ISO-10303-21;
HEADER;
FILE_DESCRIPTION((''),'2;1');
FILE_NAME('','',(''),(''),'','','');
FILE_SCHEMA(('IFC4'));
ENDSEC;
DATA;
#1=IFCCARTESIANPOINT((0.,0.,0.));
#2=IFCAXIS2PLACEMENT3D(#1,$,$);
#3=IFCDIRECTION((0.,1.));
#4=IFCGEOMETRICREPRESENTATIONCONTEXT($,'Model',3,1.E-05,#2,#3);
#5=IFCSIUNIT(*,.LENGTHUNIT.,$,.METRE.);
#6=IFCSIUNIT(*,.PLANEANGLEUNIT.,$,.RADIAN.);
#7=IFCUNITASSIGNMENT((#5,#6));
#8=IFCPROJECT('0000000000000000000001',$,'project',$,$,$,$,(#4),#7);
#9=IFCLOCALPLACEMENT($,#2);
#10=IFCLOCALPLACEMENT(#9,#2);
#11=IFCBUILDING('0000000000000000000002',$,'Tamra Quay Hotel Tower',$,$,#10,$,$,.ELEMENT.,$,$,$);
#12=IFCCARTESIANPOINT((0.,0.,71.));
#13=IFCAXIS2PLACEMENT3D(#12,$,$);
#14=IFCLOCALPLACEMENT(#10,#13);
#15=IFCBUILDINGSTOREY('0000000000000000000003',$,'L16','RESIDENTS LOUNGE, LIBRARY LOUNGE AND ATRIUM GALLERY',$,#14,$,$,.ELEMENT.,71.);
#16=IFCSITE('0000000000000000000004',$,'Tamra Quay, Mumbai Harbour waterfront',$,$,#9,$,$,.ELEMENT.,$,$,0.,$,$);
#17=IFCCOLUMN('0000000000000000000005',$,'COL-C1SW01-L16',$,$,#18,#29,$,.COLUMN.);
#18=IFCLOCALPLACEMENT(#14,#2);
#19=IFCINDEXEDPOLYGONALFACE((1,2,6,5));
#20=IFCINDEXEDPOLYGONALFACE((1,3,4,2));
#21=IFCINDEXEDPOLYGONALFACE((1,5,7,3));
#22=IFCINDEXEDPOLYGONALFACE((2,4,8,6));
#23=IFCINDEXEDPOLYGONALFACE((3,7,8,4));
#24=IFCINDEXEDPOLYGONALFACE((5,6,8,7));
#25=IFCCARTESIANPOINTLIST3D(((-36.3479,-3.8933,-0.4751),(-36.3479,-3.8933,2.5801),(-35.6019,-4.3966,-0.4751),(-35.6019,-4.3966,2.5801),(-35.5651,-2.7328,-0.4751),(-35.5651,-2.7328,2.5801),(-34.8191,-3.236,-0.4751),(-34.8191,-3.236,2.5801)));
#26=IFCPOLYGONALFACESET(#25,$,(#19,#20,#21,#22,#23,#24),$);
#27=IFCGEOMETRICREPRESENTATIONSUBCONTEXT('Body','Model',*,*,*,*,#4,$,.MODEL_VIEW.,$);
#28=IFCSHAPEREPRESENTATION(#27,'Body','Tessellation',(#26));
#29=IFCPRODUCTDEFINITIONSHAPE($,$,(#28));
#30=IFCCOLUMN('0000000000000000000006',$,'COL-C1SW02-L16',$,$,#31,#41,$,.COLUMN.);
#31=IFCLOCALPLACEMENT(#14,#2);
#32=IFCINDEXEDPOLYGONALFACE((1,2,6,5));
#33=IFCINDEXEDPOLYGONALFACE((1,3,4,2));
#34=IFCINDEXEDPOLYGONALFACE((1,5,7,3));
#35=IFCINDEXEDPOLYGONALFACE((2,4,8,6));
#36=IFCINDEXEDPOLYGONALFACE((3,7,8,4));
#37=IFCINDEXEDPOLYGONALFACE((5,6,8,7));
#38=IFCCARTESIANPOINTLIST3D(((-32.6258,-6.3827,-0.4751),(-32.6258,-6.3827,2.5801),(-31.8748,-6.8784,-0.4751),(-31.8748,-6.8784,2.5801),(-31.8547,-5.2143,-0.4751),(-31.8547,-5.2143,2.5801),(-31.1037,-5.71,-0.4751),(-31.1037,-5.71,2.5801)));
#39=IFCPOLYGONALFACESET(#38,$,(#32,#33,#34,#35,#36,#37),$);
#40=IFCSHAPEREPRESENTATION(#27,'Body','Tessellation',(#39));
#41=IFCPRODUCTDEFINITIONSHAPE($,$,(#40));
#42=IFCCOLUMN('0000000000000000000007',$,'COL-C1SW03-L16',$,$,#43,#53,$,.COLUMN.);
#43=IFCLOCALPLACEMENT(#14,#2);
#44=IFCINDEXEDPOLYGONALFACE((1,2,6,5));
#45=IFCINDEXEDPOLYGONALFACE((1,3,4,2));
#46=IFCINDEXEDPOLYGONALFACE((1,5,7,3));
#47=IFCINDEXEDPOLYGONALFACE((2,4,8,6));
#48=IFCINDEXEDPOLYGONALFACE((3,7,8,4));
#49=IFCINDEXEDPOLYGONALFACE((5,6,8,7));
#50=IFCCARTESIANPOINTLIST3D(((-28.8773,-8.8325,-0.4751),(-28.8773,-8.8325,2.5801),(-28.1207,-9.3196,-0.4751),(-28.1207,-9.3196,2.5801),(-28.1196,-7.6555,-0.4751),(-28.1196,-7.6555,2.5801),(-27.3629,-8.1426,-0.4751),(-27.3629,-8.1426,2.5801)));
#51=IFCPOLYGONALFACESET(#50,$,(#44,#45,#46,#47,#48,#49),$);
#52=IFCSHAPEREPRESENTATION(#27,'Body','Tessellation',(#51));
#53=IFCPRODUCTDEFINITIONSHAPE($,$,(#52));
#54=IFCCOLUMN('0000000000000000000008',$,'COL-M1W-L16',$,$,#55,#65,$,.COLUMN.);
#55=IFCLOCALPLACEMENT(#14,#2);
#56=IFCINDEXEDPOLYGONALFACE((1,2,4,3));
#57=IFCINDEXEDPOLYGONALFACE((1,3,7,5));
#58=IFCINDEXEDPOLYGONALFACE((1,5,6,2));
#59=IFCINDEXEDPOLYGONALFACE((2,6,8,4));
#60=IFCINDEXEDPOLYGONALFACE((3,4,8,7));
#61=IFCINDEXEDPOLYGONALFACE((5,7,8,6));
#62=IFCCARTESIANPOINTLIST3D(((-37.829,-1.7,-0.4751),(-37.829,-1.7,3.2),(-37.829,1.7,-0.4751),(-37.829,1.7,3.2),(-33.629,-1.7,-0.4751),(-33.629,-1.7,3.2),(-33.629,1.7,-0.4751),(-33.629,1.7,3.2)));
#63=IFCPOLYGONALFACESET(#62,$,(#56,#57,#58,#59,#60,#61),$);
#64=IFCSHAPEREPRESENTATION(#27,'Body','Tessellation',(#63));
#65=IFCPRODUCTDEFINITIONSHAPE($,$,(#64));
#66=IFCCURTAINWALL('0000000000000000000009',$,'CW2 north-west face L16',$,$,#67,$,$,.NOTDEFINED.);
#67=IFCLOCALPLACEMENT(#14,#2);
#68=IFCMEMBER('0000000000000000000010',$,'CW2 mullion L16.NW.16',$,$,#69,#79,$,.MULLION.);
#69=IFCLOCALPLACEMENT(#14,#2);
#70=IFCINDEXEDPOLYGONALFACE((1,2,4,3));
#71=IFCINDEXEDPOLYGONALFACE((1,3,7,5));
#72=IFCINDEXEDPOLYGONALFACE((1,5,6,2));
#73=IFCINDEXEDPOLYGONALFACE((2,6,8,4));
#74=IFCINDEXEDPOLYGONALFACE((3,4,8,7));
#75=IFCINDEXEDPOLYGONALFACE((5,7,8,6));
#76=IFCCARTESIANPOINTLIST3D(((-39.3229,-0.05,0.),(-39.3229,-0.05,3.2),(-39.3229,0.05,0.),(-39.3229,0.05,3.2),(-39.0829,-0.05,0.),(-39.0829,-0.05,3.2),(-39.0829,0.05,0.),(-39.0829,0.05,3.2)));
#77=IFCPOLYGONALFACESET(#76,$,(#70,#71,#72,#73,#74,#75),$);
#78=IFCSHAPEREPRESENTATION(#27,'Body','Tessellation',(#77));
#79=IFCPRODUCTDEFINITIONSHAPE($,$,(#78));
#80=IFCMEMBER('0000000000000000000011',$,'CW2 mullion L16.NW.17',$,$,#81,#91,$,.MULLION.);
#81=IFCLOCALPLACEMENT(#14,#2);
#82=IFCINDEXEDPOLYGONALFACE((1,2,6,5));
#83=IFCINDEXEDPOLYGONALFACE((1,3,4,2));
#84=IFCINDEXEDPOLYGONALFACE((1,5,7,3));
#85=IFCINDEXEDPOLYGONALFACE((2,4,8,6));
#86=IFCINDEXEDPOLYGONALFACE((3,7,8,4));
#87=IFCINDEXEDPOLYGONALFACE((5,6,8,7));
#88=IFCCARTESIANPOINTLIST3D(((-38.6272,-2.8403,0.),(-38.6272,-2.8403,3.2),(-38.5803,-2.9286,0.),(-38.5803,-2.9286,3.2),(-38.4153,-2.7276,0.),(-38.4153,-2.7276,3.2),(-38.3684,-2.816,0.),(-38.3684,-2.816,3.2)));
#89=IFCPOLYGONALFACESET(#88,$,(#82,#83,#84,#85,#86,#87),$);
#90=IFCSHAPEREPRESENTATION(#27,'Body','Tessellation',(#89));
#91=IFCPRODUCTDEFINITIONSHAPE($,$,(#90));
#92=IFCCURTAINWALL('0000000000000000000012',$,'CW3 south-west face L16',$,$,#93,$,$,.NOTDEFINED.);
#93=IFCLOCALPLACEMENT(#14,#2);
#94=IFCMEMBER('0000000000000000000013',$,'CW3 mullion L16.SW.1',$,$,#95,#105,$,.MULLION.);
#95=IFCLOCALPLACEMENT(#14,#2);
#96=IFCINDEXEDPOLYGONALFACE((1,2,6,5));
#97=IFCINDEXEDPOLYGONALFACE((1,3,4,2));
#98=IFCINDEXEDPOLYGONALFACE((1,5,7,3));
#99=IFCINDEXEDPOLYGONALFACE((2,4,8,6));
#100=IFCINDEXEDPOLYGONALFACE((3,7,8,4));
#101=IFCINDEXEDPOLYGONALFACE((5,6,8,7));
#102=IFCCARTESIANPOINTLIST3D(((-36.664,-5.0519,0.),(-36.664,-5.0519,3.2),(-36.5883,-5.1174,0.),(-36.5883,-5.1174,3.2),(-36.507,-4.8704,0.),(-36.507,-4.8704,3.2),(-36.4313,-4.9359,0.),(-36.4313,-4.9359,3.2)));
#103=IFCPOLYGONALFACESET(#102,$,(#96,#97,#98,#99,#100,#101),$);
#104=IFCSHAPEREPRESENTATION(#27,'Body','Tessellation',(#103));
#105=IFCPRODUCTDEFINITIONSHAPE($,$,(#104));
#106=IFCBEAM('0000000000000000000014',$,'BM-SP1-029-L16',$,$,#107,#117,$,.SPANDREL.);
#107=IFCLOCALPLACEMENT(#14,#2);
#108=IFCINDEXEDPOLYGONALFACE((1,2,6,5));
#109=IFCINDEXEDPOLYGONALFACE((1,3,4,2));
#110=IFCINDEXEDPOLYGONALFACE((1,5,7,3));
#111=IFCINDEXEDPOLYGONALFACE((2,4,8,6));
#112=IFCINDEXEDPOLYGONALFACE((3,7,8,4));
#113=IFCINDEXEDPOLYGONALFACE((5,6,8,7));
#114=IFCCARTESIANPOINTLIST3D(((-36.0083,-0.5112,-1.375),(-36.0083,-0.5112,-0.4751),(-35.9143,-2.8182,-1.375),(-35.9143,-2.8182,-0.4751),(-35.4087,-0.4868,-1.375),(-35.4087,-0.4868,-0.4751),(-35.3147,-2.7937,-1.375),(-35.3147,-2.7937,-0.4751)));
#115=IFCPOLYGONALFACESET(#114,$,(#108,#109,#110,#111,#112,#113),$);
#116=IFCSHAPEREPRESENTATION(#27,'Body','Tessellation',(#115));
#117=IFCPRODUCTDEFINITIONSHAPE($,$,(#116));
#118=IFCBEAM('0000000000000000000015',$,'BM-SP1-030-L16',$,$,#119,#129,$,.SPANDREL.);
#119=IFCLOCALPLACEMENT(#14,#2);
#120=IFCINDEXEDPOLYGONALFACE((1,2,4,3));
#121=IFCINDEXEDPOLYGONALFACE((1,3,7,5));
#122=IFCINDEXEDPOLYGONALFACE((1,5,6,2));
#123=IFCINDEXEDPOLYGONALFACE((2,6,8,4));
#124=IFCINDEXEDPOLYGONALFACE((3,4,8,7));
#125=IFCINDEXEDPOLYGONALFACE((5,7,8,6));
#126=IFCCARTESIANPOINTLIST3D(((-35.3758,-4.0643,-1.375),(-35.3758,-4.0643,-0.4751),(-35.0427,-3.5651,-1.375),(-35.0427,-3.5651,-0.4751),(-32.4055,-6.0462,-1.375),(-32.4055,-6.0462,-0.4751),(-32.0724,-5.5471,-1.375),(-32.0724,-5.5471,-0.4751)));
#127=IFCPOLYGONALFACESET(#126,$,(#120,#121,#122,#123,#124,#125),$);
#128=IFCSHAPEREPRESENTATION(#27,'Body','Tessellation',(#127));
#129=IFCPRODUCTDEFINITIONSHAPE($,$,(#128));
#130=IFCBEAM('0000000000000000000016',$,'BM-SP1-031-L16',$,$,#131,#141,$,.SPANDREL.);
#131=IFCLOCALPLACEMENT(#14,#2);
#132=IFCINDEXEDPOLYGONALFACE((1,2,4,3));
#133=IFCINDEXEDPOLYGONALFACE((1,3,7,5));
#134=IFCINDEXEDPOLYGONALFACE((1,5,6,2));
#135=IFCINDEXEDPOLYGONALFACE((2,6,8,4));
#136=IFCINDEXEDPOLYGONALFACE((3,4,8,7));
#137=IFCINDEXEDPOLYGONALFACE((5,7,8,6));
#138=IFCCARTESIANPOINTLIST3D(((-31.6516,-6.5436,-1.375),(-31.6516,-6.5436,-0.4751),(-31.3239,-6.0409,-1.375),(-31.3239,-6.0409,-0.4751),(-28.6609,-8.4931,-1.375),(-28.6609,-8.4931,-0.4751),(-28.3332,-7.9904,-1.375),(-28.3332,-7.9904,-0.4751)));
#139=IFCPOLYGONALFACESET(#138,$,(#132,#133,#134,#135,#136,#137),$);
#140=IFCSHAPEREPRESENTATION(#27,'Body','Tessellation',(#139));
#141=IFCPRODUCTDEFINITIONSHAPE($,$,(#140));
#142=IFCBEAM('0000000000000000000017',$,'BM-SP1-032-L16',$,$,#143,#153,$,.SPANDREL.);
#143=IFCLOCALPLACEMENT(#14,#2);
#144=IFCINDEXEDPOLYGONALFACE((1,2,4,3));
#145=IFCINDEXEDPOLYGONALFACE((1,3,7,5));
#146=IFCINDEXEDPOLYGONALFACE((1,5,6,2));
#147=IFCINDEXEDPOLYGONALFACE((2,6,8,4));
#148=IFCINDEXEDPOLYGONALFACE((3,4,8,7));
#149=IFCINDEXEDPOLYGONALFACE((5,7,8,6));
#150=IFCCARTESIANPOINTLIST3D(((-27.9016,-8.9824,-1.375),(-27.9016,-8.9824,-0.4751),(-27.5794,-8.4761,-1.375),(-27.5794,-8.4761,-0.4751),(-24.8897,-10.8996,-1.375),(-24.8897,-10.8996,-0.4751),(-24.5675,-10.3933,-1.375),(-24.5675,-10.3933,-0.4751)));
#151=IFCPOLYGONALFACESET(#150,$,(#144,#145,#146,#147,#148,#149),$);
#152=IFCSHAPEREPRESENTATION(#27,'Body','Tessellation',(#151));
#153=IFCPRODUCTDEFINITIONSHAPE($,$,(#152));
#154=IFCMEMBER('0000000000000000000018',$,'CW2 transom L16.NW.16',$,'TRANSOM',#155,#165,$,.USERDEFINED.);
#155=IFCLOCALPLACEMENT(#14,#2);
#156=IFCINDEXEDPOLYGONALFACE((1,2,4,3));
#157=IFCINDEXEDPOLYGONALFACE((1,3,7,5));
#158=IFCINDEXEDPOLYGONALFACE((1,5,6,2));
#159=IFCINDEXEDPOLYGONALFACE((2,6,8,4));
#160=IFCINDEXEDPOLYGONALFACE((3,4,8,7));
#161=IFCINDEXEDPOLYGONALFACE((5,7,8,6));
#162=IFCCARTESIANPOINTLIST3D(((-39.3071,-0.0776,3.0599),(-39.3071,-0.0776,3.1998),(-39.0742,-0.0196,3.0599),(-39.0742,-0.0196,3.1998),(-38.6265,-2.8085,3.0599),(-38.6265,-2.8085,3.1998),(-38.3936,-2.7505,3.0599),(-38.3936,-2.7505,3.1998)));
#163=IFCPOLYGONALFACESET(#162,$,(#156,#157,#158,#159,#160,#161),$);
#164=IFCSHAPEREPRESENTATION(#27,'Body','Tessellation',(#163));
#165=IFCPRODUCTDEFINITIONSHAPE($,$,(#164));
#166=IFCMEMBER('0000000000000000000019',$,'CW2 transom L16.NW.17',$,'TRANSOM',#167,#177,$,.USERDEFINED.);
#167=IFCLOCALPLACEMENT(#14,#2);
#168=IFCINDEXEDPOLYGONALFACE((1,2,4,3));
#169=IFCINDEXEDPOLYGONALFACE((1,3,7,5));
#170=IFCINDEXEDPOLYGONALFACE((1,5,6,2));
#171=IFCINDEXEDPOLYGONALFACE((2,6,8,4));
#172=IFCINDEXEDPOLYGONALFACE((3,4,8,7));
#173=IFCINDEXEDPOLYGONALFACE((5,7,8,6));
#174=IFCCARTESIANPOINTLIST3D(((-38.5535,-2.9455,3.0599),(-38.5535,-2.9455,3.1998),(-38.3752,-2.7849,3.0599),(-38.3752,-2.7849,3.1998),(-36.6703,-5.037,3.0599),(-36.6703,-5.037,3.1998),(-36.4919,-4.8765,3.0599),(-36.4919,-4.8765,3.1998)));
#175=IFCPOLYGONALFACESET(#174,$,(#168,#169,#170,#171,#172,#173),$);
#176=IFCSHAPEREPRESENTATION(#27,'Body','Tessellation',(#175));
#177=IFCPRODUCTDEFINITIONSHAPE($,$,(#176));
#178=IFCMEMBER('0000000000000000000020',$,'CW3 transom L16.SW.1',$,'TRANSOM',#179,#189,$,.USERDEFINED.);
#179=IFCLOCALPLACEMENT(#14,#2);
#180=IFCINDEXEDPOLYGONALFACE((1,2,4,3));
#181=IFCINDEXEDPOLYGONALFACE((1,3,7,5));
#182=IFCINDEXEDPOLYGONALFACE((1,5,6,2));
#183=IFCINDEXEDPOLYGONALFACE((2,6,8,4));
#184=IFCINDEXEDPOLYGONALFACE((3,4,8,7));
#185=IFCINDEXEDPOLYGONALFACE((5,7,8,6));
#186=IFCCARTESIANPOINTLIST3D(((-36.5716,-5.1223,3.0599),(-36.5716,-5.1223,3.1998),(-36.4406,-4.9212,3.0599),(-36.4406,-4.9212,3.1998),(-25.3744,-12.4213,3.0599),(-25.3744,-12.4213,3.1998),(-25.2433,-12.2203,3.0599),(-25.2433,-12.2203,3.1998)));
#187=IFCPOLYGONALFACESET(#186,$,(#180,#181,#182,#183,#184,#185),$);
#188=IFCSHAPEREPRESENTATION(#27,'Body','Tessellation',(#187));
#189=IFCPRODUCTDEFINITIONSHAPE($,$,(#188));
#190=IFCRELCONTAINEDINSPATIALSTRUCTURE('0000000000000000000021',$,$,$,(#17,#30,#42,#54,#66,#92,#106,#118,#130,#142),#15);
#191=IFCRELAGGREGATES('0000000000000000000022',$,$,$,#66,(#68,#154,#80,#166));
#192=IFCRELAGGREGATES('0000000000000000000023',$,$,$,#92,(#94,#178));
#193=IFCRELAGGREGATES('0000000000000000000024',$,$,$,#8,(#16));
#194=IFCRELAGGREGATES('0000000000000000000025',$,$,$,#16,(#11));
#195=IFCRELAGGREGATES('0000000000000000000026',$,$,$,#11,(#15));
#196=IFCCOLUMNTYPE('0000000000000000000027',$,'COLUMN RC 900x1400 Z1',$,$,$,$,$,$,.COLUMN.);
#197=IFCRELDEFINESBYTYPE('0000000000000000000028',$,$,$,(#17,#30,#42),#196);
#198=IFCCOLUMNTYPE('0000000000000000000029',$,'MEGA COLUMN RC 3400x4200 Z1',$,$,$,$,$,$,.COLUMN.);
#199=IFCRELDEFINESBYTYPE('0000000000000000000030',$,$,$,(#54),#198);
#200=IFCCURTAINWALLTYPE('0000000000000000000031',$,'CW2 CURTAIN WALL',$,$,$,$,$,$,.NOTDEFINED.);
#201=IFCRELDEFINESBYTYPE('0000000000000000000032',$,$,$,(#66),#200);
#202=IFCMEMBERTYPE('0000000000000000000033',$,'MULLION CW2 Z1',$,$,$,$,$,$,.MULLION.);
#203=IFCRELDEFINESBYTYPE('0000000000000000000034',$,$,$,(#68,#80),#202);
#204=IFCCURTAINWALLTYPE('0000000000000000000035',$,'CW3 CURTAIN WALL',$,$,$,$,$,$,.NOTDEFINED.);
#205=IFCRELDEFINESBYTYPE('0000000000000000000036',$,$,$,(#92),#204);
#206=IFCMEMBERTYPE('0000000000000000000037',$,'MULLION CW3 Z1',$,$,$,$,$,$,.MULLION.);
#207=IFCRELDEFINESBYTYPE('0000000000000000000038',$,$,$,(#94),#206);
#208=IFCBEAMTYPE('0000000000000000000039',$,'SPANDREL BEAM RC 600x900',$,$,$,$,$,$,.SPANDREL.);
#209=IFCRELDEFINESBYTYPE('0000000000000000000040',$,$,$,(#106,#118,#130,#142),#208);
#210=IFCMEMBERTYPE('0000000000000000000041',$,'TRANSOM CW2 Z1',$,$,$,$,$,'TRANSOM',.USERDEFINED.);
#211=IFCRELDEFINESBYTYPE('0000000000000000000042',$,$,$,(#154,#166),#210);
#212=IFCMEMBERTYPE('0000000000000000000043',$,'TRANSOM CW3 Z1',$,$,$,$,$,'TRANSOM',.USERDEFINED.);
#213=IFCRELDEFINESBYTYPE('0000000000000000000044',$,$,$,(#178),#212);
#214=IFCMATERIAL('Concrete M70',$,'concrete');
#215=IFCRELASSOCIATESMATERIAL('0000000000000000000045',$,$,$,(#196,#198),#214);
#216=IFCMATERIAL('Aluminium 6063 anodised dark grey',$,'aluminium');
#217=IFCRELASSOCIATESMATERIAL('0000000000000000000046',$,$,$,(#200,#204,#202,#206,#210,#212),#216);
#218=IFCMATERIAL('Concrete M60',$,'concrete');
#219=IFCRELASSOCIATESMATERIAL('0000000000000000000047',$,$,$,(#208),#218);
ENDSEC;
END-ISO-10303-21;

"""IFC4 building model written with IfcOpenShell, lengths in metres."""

from ifc_helpers import new_model, si_unit, direction, frame, origin, origin_2d, place, context, subcontext, project, spatial, rectangle, extrude, material, material_profile, profile_set, type_object, element, aggregate, save


model = new_model("IFC4")

# Units and contexts
model_context = context("Model", 3, precision=1e-05, world=origin(), true_north=direction((0.0, 1.0)))
body_context = subcontext(model_context, "Body", "Model", "MODEL_VIEW")
ifc_project = project(units=[si_unit("LENGTHUNIT", "METRE"), si_unit("PLANEANGLEUNIT", "RADIAN")], contexts=[model_context])

# Site, building, storey
site_placement = place(None, origin())
site = spatial("IfcSite", under=ifc_project, at=site_placement, Name="Tamra Quay, Mumbai Harbour waterfront", CompositionType="ELEMENT", RefElevation=0.0)
building_placement = place(site_placement, origin())
building = spatial("IfcBuilding", under=site, at=building_placement, Name="Tamra Quay Hotel Tower", CompositionType="ELEMENT")
storey_placement = place(building_placement, frame((0.0, 0.0, 71.0)))
storey = spatial("IfcBuildingStorey", under=building, at=storey_placement, Name="L16", Description="RESIDENTS LOUNGE, LIBRARY LOUNGE AND ATRIUM GALLERY", CompositionType="ELEMENT", Elevation=71.0)

# Columns
ifc_material_1 = material(Name="Concrete M70", Category="concrete")
ifc_material_profile_1 = material_profile(ifc_material_1, rectangle(XDim=1.3999, YDim=0.8999, at=origin_2d()), Name="COLUMN RC 900x1400 Z1")
ifc_profile_set_1 = profile_set([ifc_material_profile_1], Name="Concrete M70")
column_type_1 = type_object("IfcColumnType", Name="COLUMN RC 900x1400 Z1", PredefinedType="COLUMN", material=ifc_profile_set_1)
for number, where, z_axis, x_axis, name in (
    (1, (-35.5835, -3.5647, -0.4751), (0.0, 0.0, 1.0), (0.55922, 0.829019, 0.0), "COL-C1SW01-L16"),
    (2, (-31.8647, -6.0464, -0.4751), (0.0, 0.0, 1.0), (0.550838, 0.834612, 0.0), "COL-C1SW02-L16"),
    (3, (-28.1201, -8.4875, -0.4751), (0.0, 0.0, 1.0), (0.541283, 0.840841, 0.0), "COL-C1SW03-L16"),
):
    element("IfcColumn", number, at=place(storey_placement, frame(where, z_axis=z_axis, x_axis=x_axis)), inside=storey, type_object=column_type_1, Name=name, PredefinedType="COLUMN", context=body_context, shape_type="SweptSolid", body=[
        extrude(rectangle(XDim=1.3999, YDim=0.8999, at=origin_2d()), origin(), (0.0, 0.0, 1.0), 3.0552),
    ])
ifc_material_profile_2 = material_profile(ifc_material_1, rectangle(XDim=4.2, YDim=3.3999, at=origin_2d()), Name="MEGA COLUMN RC 3400x4200 Z1")
ifc_profile_set_2 = profile_set([ifc_material_profile_2], Name="Concrete M70")
column_type_2 = type_object("IfcColumnType", Name="MEGA COLUMN RC 3400x4200 Z1", PredefinedType="COLUMN", material=ifc_profile_set_2)
column_placement = place(storey_placement, frame((-35.729, 0.0, -0.4751), z_axis=(0.0, 0.0, 1.0), x_axis=(1.0, 0.0, 0.0)))
element("IfcColumn", 4, at=column_placement, inside=storey, type_object=column_type_2, Name="COL-M1W-L16", PredefinedType="COLUMN", context=body_context, shape_type="SweptSolid", body=[
    extrude(rectangle(XDim=4.2, YDim=3.3999, at=origin_2d()), origin(), (0.0, 0.0, 1.0), 3.675),
])

# Curtain wall, members
ifc_material_2 = material(Name="Aluminium 6063 anodised dark grey", Category="aluminium")
curtain_wall_type_1 = type_object("IfcCurtainWallType", Name="CW2 CURTAIN WALL", PredefinedType="NOTDEFINED", material=ifc_material_2)
curtain_wall_1_placement = place(storey_placement, origin())
curtain_wall_1 = element("IfcCurtainWall", 5, at=curtain_wall_1_placement, inside=storey, type_object=curtain_wall_type_1, Name="CW2 north-west face L16", PredefinedType="NOTDEFINED")
ifc_material_profile_3 = material_profile(ifc_material_2, rectangle(XDim=0.24, YDim=0.1001, at=origin_2d()), Name="MULLION 100X240")
ifc_profile_set_3 = profile_set([ifc_material_profile_3], Name="Aluminium 6063 anodised dark grey")
member_type_1 = type_object("IfcMemberType", Name="MULLION CW2 Z1", PredefinedType="MULLION", material=ifc_profile_set_3)
member_1_placement = place(storey_placement, frame((-39.2029, 0.0, 0.0), z_axis=(0.0, 0.0, 1.0), x_axis=(-1.0, 0.0, 0.0)))
member_1 = element("IfcMember", 6, at=member_1_placement, type_object=member_type_1, Name="CW2 mullion L16.NW.16", PredefinedType="MULLION", context=body_context, shape_type="SweptSolid", body=[
    extrude(rectangle(XDim=0.24, YDim=0.1001, at=origin_2d()), origin(), (0.0, 0.0, 1.0), 3.2),
])
member_2_placement = place(storey_placement, frame((-38.4978, -2.8281, 0.0), z_axis=(0.0, 0.0, 1.0), x_axis=(-0.882955, -0.469457, 0.0)))
member_2 = element("IfcMember", 7, at=member_2_placement, type_object=member_type_1, Name="CW2 mullion L16.NW.17", PredefinedType="MULLION", context=body_context, shape_type="SweptSolid", body=[
    extrude(rectangle(XDim=0.24, YDim=0.1001, at=origin_2d()), origin(), (0.0, 0.0, 1.0), 3.2),
])

# Curtain wall, member
curtain_wall_type_2 = type_object("IfcCurtainWallType", Name="CW3 CURTAIN WALL", PredefinedType="NOTDEFINED", material=ifc_material_2)
curtain_wall_2_placement = place(storey_placement, origin())
curtain_wall_2 = element("IfcCurtainWall", 8, at=curtain_wall_2_placement, inside=storey, type_object=curtain_wall_type_2, Name="CW3 south-west face L16", PredefinedType="NOTDEFINED")
ifc_material_profile_4 = material_profile(ifc_material_2, rectangle(XDim=0.24, YDim=0.1001, at=origin_2d()), Name="MULLION 100X240")
ifc_profile_set_4 = profile_set([ifc_material_profile_4], Name="Aluminium 6063 anodised dark grey")
member_type_2 = type_object("IfcMemberType", Name="MULLION CW3 Z1", PredefinedType="MULLION", material=ifc_profile_set_4)
member_3_placement = place(storey_placement, frame((-36.5476, -4.9939, 0.0), z_axis=(0.0, 0.0, 1.0), x_axis=(-0.654197, -0.756324, 0.0)))
member_3 = element("IfcMember", 9, at=member_3_placement, type_object=member_type_2, Name="CW3 mullion L16.SW.1", PredefinedType="MULLION", context=body_context, shape_type="SweptSolid", body=[
    extrude(rectangle(XDim=0.24, YDim=0.1001, at=origin_2d()), origin(), (0.0, 0.0, 1.0), 3.2),
])

# Beams
ifc_material_3 = material(Name="Concrete M60", Category="concrete")
ifc_material_profile_5 = material_profile(ifc_material_3, rectangle(XDim=0.6001, YDim=0.8999, at=origin_2d()), Name="SPANDREL BEAM RC 600x900")
ifc_profile_set_5 = profile_set([ifc_material_profile_5], Name="Concrete M60")
beam_type = type_object("IfcBeamType", Name="SPANDREL BEAM RC 600x900", PredefinedType="SPANDREL", material=ifc_profile_set_5)
beam_1_placement = place(storey_placement, frame((-35.7085, -0.499, -0.925), z_axis=(0.040711, -0.999171, 0.0), x_axis=(0.999171, 0.040711, 0.0)))
element("IfcBeam", 10, at=beam_1_placement, inside=storey, type_object=beam_type, Name="BM-SP1-029-L16", PredefinedType="SPANDREL", context=body_context, shape_type="SweptSolid", body=[
    extrude(rectangle(XDim=0.6001, YDim=0.8999, at=origin_2d()), origin(), (0.0, 0.0, 1.0), 2.3088),
])
beam_2_placement = place(storey_placement, frame((-35.2092, -3.8147, -0.925), z_axis=(0.831819, -0.555047, 0.0), x_axis=(0.555047, 0.831819, 0.0)))
element("IfcBeam", 11, at=beam_2_placement, inside=storey, type_object=beam_type, Name="BM-SP1-030-L16", PredefinedType="SPANDREL", context=body_context, shape_type="SweptSolid", body=[
    extrude(rectangle(XDim=0.6001, YDim=0.8999, at=origin_2d()), origin(), (0.0, 0.0, 1.0), 3.5708),
])
beam_3_placement = place(storey_placement, frame((-31.4878, -6.2922, -0.925), z_axis=(0.83774, -0.54607, 0.0), x_axis=(0.54607, 0.83774, 0.0)))
element("IfcBeam", 12, at=beam_3_placement, inside=storey, type_object=beam_type, Name="BM-SP1-031-L16", PredefinedType="SPANDREL", context=body_context, shape_type="SweptSolid", body=[
    extrude(rectangle(XDim=0.6001, YDim=0.8999, at=origin_2d()), origin(), (0.0, 0.0, 1.0), 3.5701),
])
beam_4_placement = place(storey_placement, frame((-27.7405, -8.7292, -0.925), z_axis=(0.843594, -0.536982, 0.0), x_axis=(0.536982, 0.843594, 0.0)))
element("IfcBeam", 13, at=beam_4_placement, inside=storey, type_object=beam_type, Name="BM-SP1-032-L16", PredefinedType="SPANDREL", context=body_context, shape_type="SweptSolid", body=[
    extrude(rectangle(XDim=0.6001, YDim=0.8999, at=origin_2d()), origin(), (0.0, 0.0, 1.0), 3.5703),
])

# Members
ifc_material_profile_6 = material_profile(ifc_material_2, rectangle(XDim=0.24, YDim=0.1399, at=origin_2d()), Name="TRANSOM 240X140")
ifc_profile_set_6 = profile_set([ifc_material_profile_6], Name="Aluminium 6063 anodised dark grey")
member_type_3 = type_object("IfcMemberType", Name="TRANSOM CW2 Z1", ElementType="TRANSOM", PredefinedType="USERDEFINED", material=ifc_profile_set_6)
member_4_placement = place(storey_placement, frame((-39.1907, -0.0486, 3.1299), z_axis=(0.241842, -0.970316, 0.0), x_axis=(0.970316, 0.241842, 0.0)))
member_4 = element("IfcMember", 14, at=member_4_placement, type_object=member_type_3, Name="CW2 transom L16.NW.16", ObjectType="TRANSOM", PredefinedType="USERDEFINED", context=body_context, shape_type="SweptSolid", body=[
    extrude(rectangle(XDim=0.24, YDim=0.1399, at=origin_2d()), origin(), (0.0, 0.0, 1.0), 2.8145),
])
member_5_placement = place(storey_placement, frame((-38.4644, -2.8652, 3.1299), z_axis=(0.669142, -0.743135, 0.0), x_axis=(0.743135, 0.669142, 0.0)))
member_5 = element("IfcMember", 15, at=member_5_placement, type_object=member_type_3, Name="CW2 transom L16.NW.17", ObjectType="TRANSOM", PredefinedType="USERDEFINED", context=body_context, shape_type="SweptSolid", body=[
    extrude(rectangle(XDim=0.24, YDim=0.1399, at=origin_2d()), origin(), (0.0, 0.0, 1.0), 2.8145),
])
ifc_material_profile_7 = material_profile(ifc_material_2, rectangle(XDim=0.24, YDim=0.1399, at=origin_2d()), Name="TRANSOM 240X140")
ifc_profile_set_7 = profile_set([ifc_material_profile_7], Name="Aluminium 6063 anodised dark grey")
member_type_4 = type_object("IfcMemberType", Name="TRANSOM CW3 Z1", ElementType="TRANSOM", PredefinedType="USERDEFINED", material=ifc_profile_set_7)
member_6_placement = place(storey_placement, frame((-36.5061, -5.0217, 3.1299), z_axis=(0.83773, -0.546084, 0.0), x_axis=(0.546084, 0.83773, 0.0)))
member_6 = element("IfcMember", 16, at=member_6_placement, type_object=member_type_4, Name="CW3 transom L16.SW.1", ObjectType="TRANSOM", PredefinedType="USERDEFINED", context=body_context, shape_type="SweptSolid", body=[
    extrude(rectangle(XDim=0.24, YDim=0.1399, at=origin_2d()), origin(), (0.0, 0.0, 1.0), 13.3662),
])

aggregate(curtain_wall_1, [member_1, member_4, member_2, member_5])
aggregate(curtain_wall_2, [member_3, member_6])

save(model, "model.ifc")
